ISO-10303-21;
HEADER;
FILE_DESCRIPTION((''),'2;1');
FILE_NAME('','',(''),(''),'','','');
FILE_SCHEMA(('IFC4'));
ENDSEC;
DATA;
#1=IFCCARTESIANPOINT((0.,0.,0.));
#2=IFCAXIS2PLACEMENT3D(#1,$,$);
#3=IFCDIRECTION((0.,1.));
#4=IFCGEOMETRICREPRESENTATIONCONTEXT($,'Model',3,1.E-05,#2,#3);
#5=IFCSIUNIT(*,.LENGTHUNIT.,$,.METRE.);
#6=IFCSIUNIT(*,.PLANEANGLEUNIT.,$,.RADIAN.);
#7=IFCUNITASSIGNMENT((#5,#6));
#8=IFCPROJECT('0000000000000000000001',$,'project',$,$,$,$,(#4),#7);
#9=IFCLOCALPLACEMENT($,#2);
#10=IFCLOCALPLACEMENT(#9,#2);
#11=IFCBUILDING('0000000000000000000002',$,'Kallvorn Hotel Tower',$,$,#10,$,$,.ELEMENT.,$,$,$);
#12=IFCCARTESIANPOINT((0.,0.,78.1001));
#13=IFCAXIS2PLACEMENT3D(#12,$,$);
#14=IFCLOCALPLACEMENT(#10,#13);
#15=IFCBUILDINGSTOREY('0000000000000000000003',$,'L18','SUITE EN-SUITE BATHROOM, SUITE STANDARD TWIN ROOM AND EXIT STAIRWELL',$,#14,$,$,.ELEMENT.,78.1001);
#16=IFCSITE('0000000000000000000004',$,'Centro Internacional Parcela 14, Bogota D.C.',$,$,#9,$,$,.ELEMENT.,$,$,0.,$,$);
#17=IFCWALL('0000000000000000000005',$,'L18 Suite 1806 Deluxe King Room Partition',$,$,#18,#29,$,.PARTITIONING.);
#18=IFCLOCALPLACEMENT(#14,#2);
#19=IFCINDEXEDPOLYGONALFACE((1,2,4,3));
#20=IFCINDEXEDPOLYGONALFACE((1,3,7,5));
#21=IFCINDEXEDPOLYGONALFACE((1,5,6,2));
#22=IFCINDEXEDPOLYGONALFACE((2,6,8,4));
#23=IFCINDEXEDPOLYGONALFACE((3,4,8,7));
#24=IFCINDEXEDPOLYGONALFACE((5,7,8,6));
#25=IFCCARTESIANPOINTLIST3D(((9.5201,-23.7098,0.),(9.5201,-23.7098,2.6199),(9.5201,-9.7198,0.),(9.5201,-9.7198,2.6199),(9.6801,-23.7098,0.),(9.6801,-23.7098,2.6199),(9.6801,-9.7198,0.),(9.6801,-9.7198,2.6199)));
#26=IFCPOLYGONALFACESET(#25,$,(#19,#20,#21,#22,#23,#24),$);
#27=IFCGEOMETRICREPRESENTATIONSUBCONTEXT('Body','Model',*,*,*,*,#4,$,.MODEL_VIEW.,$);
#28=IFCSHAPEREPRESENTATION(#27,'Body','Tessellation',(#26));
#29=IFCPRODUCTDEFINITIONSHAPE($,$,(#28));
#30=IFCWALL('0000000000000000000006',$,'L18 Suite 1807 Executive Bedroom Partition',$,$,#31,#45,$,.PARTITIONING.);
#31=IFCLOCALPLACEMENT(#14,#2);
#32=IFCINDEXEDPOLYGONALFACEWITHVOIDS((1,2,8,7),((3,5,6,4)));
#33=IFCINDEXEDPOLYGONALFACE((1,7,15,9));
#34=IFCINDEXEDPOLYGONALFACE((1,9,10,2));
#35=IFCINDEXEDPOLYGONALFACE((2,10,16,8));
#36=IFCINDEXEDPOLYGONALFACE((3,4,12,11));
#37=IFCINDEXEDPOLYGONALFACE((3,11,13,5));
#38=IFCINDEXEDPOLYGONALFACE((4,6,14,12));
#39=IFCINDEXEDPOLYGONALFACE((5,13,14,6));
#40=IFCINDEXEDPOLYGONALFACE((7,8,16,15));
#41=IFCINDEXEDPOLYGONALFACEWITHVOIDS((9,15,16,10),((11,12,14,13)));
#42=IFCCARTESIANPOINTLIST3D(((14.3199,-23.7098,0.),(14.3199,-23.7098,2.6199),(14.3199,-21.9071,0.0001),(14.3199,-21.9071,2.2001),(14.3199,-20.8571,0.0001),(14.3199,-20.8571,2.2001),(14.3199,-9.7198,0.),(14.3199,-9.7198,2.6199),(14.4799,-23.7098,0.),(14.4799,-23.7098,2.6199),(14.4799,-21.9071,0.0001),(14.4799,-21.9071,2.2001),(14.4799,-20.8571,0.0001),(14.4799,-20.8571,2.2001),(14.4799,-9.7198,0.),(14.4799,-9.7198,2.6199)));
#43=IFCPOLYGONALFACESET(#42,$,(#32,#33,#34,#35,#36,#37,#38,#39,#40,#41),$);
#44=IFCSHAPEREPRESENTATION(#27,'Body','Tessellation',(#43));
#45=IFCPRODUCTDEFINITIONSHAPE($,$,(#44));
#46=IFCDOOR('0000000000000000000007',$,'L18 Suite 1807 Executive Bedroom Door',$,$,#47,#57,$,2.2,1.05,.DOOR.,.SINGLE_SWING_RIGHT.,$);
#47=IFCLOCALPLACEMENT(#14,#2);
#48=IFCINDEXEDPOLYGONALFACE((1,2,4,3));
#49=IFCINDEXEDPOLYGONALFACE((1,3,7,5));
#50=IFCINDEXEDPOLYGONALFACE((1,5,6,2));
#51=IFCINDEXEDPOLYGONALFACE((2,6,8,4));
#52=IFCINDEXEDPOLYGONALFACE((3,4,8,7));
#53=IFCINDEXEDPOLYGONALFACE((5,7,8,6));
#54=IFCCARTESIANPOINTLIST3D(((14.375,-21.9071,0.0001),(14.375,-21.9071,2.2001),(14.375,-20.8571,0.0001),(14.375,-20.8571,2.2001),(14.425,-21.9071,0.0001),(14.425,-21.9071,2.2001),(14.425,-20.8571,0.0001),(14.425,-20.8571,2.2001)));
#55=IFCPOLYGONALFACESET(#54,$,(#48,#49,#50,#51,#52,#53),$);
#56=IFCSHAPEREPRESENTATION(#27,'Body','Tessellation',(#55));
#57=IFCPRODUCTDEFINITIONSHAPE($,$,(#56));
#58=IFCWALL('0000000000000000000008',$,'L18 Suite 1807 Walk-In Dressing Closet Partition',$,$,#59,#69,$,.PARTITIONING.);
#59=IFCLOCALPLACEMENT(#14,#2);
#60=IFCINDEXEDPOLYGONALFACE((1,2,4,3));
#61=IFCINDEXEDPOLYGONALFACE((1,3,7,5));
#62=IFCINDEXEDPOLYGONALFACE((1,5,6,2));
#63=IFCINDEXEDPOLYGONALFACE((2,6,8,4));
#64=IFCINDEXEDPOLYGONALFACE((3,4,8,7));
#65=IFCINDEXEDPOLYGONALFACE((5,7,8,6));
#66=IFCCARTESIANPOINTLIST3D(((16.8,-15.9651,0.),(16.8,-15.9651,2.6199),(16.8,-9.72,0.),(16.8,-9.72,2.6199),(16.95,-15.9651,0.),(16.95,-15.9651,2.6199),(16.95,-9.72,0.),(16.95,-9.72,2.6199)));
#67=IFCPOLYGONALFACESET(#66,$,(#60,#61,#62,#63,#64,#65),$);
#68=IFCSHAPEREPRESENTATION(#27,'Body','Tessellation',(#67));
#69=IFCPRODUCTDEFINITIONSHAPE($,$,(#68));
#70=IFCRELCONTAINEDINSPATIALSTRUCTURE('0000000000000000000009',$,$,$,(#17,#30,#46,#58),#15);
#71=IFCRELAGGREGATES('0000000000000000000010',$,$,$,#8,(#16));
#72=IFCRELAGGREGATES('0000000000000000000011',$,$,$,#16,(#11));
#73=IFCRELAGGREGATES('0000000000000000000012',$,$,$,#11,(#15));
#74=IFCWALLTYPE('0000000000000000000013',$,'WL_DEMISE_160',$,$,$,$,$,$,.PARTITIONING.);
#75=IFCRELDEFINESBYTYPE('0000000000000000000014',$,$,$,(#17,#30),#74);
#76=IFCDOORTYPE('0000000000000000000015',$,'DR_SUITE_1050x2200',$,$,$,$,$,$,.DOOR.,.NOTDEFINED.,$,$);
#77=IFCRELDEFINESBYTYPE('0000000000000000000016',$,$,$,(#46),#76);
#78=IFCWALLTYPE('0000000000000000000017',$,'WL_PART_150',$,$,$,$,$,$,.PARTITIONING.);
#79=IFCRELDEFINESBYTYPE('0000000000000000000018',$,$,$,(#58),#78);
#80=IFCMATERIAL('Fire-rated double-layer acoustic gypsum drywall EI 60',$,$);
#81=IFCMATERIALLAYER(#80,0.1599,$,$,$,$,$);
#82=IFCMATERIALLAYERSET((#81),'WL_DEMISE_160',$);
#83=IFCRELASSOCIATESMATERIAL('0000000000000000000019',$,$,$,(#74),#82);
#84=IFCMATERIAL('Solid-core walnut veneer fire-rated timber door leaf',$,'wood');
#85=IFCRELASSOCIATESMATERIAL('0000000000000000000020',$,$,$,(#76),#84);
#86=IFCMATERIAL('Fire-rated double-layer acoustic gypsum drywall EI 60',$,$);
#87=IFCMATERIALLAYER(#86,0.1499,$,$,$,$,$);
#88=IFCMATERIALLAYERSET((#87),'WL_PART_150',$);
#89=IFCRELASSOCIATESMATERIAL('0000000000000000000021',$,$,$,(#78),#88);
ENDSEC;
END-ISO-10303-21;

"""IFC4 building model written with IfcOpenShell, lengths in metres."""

from ifc_helpers import new_model, si_unit, direction, frame, frame_2d, origin, place, context, subcontext, project, spatial, rectangle, extrude, material, layer, layer_set, type_object, element, fill, save


model = new_model("IFC4")

# Units and contexts
model_context = context("Model", 3, precision=1e-05, world=origin(), true_north=direction((0.0, 1.0)))
body_context = subcontext(model_context, "Body", "Model", "MODEL_VIEW")
ifc_project = project(units=[si_unit("LENGTHUNIT", "METRE"), si_unit("PLANEANGLEUNIT", "RADIAN")], contexts=[model_context])

# Site, building, storey
site_placement = place(None, origin())
site = spatial("IfcSite", under=ifc_project, at=site_placement, Name="Centro Internacional Parcela 14, Bogota D.C.", CompositionType="ELEMENT", RefElevation=0.0)
building_placement = place(site_placement, origin())
building = spatial("IfcBuilding", under=site, at=building_placement, Name="Kallvorn Hotel Tower", CompositionType="ELEMENT")
storey_placement = place(building_placement, frame((0.0, 0.0, 78.1001)))
storey = spatial("IfcBuildingStorey", under=building, at=storey_placement, Name="L18", Description="SUITE EN-SUITE BATHROOM, SUITE STANDARD TWIN ROOM AND EXIT STAIRWELL", CompositionType="ELEMENT", Elevation=78.1001)

# Shared definitions
ifc_material_1 = material(Name="Fire-rated double-layer acoustic gypsum drywall EI 60")
ifc_layer_1 = layer(ifc_material_1, 0.1599)
ifc_layer_set_1 = layer_set([ifc_layer_1], Name="WL_DEMISE_160")
wall_type_1 = type_object("IfcWallType", Name="WL_DEMISE_160", PredefinedType="PARTITIONING", material=ifc_layer_set_1)

# Wall
wall_1_placement = place(storey_placement, frame((9.6001, -23.71, 0.0), z_axis=(0.0, 0.0, 1.0), x_axis=(0.0, 1.0, 0.0)))
element("IfcWall", 1, at=wall_1_placement, inside=storey, type_object=wall_type_1, Name="L18 Suite 1806 Deluxe King Room Partition", PredefinedType="PARTITIONING", context=body_context, shape_type="SweptSolid", body=[
    extrude(rectangle(XDim=13.99, YDim=0.1599, at=frame_2d((6.9951, 0.0))), origin(), (0.0, 0.0, 1.0), 2.6199),
])

# Wall, opening, door
wall_2_placement = place(storey_placement, frame((14.3999, -23.71, 0.0), z_axis=(0.0, 0.0, 1.0), x_axis=(0.0, 1.0, 0.0)))
wall_2 = element("IfcWall", 2, at=wall_2_placement, inside=storey, type_object=wall_type_1, Name="L18 Suite 1807 Executive Bedroom Partition", PredefinedType="PARTITIONING", context=body_context, shape_type="SweptSolid", body=[
    extrude(rectangle(XDim=13.99, YDim=0.1599, at=frame_2d((6.9951, 0.0))), origin(), (0.0, 0.0, 1.0), 2.6199),
])
opening_1_placement = place(wall_2_placement, frame((1.803, 0.0, 0.0)))
opening_1 = element("IfcOpeningElement", 3, at=opening_1_placement, cuts=wall_2, PredefinedType="OPENING", context=body_context, shape_type="SweptSolid", body=[
    extrude(rectangle(XDim=1.05, YDim=2.2, at=frame_2d((0.5249, 1.1001))), frame((0.0, 0.095, 0.0), z_axis=(0.0, -1.0, 0.0), x_axis=(1.0, 0.0, 0.0)), (0.0, 0.0, 1.0), 0.1899),
])
ifc_material_2 = material(Name="Solid-core walnut veneer fire-rated timber door leaf", Category="wood")
door_type_1 = type_object("IfcDoorType", Name="DR_SUITE_1050x2200", OperationType="NOTDEFINED", PredefinedType="DOOR", material=ifc_material_2)
door_1_placement = place(opening_1_placement, origin())
door_1 = element("IfcDoor", 4, at=door_1_placement, inside=storey, type_object=door_type_1, Name="L18 Suite 1807 Executive Bedroom Door", OperationType="SINGLE_SWING_RIGHT", OverallHeight=2.2, OverallWidth=1.05, PredefinedType="DOOR", context=body_context, shape_type="SweptSolid", body=[
    extrude(rectangle(XDim=1.05, YDim=2.2, at=frame_2d((0.5249, 1.1001))), frame((0.0, 0.0249, 0.0), z_axis=(0.0, -1.0, 0.0), x_axis=(1.0, 0.0, 0.0)), (0.0, 0.0, 1.0), 0.05),
])
fill(opening_1, door_1)

# Wall
ifc_material_3 = material(Name="Fire-rated double-layer acoustic gypsum drywall EI 60")
ifc_layer_2 = layer(ifc_material_3, 0.1499)
ifc_layer_set_2 = layer_set([ifc_layer_2], Name="WL_PART_150")
wall_type_2 = type_object("IfcWallType", Name="WL_PART_150", PredefinedType="PARTITIONING", material=ifc_layer_set_2)
wall_3_placement = place(storey_placement, frame((16.875, -15.9651, 0.0), z_axis=(0.0, 0.0, 1.0), x_axis=(0.0, 1.0, 0.0)))
element("IfcWall", 5, at=wall_3_placement, inside=storey, type_object=wall_type_2, Name="L18 Suite 1807 Walk-In Dressing Closet Partition", PredefinedType="PARTITIONING", context=body_context, shape_type="SweptSolid", body=[
    extrude(rectangle(XDim=6.2451, YDim=0.1499, at=frame_2d((3.1226, 0.0))), origin(), (0.0, 0.0, 1.0), 2.6199),
])

save(model, "model.ifc")
